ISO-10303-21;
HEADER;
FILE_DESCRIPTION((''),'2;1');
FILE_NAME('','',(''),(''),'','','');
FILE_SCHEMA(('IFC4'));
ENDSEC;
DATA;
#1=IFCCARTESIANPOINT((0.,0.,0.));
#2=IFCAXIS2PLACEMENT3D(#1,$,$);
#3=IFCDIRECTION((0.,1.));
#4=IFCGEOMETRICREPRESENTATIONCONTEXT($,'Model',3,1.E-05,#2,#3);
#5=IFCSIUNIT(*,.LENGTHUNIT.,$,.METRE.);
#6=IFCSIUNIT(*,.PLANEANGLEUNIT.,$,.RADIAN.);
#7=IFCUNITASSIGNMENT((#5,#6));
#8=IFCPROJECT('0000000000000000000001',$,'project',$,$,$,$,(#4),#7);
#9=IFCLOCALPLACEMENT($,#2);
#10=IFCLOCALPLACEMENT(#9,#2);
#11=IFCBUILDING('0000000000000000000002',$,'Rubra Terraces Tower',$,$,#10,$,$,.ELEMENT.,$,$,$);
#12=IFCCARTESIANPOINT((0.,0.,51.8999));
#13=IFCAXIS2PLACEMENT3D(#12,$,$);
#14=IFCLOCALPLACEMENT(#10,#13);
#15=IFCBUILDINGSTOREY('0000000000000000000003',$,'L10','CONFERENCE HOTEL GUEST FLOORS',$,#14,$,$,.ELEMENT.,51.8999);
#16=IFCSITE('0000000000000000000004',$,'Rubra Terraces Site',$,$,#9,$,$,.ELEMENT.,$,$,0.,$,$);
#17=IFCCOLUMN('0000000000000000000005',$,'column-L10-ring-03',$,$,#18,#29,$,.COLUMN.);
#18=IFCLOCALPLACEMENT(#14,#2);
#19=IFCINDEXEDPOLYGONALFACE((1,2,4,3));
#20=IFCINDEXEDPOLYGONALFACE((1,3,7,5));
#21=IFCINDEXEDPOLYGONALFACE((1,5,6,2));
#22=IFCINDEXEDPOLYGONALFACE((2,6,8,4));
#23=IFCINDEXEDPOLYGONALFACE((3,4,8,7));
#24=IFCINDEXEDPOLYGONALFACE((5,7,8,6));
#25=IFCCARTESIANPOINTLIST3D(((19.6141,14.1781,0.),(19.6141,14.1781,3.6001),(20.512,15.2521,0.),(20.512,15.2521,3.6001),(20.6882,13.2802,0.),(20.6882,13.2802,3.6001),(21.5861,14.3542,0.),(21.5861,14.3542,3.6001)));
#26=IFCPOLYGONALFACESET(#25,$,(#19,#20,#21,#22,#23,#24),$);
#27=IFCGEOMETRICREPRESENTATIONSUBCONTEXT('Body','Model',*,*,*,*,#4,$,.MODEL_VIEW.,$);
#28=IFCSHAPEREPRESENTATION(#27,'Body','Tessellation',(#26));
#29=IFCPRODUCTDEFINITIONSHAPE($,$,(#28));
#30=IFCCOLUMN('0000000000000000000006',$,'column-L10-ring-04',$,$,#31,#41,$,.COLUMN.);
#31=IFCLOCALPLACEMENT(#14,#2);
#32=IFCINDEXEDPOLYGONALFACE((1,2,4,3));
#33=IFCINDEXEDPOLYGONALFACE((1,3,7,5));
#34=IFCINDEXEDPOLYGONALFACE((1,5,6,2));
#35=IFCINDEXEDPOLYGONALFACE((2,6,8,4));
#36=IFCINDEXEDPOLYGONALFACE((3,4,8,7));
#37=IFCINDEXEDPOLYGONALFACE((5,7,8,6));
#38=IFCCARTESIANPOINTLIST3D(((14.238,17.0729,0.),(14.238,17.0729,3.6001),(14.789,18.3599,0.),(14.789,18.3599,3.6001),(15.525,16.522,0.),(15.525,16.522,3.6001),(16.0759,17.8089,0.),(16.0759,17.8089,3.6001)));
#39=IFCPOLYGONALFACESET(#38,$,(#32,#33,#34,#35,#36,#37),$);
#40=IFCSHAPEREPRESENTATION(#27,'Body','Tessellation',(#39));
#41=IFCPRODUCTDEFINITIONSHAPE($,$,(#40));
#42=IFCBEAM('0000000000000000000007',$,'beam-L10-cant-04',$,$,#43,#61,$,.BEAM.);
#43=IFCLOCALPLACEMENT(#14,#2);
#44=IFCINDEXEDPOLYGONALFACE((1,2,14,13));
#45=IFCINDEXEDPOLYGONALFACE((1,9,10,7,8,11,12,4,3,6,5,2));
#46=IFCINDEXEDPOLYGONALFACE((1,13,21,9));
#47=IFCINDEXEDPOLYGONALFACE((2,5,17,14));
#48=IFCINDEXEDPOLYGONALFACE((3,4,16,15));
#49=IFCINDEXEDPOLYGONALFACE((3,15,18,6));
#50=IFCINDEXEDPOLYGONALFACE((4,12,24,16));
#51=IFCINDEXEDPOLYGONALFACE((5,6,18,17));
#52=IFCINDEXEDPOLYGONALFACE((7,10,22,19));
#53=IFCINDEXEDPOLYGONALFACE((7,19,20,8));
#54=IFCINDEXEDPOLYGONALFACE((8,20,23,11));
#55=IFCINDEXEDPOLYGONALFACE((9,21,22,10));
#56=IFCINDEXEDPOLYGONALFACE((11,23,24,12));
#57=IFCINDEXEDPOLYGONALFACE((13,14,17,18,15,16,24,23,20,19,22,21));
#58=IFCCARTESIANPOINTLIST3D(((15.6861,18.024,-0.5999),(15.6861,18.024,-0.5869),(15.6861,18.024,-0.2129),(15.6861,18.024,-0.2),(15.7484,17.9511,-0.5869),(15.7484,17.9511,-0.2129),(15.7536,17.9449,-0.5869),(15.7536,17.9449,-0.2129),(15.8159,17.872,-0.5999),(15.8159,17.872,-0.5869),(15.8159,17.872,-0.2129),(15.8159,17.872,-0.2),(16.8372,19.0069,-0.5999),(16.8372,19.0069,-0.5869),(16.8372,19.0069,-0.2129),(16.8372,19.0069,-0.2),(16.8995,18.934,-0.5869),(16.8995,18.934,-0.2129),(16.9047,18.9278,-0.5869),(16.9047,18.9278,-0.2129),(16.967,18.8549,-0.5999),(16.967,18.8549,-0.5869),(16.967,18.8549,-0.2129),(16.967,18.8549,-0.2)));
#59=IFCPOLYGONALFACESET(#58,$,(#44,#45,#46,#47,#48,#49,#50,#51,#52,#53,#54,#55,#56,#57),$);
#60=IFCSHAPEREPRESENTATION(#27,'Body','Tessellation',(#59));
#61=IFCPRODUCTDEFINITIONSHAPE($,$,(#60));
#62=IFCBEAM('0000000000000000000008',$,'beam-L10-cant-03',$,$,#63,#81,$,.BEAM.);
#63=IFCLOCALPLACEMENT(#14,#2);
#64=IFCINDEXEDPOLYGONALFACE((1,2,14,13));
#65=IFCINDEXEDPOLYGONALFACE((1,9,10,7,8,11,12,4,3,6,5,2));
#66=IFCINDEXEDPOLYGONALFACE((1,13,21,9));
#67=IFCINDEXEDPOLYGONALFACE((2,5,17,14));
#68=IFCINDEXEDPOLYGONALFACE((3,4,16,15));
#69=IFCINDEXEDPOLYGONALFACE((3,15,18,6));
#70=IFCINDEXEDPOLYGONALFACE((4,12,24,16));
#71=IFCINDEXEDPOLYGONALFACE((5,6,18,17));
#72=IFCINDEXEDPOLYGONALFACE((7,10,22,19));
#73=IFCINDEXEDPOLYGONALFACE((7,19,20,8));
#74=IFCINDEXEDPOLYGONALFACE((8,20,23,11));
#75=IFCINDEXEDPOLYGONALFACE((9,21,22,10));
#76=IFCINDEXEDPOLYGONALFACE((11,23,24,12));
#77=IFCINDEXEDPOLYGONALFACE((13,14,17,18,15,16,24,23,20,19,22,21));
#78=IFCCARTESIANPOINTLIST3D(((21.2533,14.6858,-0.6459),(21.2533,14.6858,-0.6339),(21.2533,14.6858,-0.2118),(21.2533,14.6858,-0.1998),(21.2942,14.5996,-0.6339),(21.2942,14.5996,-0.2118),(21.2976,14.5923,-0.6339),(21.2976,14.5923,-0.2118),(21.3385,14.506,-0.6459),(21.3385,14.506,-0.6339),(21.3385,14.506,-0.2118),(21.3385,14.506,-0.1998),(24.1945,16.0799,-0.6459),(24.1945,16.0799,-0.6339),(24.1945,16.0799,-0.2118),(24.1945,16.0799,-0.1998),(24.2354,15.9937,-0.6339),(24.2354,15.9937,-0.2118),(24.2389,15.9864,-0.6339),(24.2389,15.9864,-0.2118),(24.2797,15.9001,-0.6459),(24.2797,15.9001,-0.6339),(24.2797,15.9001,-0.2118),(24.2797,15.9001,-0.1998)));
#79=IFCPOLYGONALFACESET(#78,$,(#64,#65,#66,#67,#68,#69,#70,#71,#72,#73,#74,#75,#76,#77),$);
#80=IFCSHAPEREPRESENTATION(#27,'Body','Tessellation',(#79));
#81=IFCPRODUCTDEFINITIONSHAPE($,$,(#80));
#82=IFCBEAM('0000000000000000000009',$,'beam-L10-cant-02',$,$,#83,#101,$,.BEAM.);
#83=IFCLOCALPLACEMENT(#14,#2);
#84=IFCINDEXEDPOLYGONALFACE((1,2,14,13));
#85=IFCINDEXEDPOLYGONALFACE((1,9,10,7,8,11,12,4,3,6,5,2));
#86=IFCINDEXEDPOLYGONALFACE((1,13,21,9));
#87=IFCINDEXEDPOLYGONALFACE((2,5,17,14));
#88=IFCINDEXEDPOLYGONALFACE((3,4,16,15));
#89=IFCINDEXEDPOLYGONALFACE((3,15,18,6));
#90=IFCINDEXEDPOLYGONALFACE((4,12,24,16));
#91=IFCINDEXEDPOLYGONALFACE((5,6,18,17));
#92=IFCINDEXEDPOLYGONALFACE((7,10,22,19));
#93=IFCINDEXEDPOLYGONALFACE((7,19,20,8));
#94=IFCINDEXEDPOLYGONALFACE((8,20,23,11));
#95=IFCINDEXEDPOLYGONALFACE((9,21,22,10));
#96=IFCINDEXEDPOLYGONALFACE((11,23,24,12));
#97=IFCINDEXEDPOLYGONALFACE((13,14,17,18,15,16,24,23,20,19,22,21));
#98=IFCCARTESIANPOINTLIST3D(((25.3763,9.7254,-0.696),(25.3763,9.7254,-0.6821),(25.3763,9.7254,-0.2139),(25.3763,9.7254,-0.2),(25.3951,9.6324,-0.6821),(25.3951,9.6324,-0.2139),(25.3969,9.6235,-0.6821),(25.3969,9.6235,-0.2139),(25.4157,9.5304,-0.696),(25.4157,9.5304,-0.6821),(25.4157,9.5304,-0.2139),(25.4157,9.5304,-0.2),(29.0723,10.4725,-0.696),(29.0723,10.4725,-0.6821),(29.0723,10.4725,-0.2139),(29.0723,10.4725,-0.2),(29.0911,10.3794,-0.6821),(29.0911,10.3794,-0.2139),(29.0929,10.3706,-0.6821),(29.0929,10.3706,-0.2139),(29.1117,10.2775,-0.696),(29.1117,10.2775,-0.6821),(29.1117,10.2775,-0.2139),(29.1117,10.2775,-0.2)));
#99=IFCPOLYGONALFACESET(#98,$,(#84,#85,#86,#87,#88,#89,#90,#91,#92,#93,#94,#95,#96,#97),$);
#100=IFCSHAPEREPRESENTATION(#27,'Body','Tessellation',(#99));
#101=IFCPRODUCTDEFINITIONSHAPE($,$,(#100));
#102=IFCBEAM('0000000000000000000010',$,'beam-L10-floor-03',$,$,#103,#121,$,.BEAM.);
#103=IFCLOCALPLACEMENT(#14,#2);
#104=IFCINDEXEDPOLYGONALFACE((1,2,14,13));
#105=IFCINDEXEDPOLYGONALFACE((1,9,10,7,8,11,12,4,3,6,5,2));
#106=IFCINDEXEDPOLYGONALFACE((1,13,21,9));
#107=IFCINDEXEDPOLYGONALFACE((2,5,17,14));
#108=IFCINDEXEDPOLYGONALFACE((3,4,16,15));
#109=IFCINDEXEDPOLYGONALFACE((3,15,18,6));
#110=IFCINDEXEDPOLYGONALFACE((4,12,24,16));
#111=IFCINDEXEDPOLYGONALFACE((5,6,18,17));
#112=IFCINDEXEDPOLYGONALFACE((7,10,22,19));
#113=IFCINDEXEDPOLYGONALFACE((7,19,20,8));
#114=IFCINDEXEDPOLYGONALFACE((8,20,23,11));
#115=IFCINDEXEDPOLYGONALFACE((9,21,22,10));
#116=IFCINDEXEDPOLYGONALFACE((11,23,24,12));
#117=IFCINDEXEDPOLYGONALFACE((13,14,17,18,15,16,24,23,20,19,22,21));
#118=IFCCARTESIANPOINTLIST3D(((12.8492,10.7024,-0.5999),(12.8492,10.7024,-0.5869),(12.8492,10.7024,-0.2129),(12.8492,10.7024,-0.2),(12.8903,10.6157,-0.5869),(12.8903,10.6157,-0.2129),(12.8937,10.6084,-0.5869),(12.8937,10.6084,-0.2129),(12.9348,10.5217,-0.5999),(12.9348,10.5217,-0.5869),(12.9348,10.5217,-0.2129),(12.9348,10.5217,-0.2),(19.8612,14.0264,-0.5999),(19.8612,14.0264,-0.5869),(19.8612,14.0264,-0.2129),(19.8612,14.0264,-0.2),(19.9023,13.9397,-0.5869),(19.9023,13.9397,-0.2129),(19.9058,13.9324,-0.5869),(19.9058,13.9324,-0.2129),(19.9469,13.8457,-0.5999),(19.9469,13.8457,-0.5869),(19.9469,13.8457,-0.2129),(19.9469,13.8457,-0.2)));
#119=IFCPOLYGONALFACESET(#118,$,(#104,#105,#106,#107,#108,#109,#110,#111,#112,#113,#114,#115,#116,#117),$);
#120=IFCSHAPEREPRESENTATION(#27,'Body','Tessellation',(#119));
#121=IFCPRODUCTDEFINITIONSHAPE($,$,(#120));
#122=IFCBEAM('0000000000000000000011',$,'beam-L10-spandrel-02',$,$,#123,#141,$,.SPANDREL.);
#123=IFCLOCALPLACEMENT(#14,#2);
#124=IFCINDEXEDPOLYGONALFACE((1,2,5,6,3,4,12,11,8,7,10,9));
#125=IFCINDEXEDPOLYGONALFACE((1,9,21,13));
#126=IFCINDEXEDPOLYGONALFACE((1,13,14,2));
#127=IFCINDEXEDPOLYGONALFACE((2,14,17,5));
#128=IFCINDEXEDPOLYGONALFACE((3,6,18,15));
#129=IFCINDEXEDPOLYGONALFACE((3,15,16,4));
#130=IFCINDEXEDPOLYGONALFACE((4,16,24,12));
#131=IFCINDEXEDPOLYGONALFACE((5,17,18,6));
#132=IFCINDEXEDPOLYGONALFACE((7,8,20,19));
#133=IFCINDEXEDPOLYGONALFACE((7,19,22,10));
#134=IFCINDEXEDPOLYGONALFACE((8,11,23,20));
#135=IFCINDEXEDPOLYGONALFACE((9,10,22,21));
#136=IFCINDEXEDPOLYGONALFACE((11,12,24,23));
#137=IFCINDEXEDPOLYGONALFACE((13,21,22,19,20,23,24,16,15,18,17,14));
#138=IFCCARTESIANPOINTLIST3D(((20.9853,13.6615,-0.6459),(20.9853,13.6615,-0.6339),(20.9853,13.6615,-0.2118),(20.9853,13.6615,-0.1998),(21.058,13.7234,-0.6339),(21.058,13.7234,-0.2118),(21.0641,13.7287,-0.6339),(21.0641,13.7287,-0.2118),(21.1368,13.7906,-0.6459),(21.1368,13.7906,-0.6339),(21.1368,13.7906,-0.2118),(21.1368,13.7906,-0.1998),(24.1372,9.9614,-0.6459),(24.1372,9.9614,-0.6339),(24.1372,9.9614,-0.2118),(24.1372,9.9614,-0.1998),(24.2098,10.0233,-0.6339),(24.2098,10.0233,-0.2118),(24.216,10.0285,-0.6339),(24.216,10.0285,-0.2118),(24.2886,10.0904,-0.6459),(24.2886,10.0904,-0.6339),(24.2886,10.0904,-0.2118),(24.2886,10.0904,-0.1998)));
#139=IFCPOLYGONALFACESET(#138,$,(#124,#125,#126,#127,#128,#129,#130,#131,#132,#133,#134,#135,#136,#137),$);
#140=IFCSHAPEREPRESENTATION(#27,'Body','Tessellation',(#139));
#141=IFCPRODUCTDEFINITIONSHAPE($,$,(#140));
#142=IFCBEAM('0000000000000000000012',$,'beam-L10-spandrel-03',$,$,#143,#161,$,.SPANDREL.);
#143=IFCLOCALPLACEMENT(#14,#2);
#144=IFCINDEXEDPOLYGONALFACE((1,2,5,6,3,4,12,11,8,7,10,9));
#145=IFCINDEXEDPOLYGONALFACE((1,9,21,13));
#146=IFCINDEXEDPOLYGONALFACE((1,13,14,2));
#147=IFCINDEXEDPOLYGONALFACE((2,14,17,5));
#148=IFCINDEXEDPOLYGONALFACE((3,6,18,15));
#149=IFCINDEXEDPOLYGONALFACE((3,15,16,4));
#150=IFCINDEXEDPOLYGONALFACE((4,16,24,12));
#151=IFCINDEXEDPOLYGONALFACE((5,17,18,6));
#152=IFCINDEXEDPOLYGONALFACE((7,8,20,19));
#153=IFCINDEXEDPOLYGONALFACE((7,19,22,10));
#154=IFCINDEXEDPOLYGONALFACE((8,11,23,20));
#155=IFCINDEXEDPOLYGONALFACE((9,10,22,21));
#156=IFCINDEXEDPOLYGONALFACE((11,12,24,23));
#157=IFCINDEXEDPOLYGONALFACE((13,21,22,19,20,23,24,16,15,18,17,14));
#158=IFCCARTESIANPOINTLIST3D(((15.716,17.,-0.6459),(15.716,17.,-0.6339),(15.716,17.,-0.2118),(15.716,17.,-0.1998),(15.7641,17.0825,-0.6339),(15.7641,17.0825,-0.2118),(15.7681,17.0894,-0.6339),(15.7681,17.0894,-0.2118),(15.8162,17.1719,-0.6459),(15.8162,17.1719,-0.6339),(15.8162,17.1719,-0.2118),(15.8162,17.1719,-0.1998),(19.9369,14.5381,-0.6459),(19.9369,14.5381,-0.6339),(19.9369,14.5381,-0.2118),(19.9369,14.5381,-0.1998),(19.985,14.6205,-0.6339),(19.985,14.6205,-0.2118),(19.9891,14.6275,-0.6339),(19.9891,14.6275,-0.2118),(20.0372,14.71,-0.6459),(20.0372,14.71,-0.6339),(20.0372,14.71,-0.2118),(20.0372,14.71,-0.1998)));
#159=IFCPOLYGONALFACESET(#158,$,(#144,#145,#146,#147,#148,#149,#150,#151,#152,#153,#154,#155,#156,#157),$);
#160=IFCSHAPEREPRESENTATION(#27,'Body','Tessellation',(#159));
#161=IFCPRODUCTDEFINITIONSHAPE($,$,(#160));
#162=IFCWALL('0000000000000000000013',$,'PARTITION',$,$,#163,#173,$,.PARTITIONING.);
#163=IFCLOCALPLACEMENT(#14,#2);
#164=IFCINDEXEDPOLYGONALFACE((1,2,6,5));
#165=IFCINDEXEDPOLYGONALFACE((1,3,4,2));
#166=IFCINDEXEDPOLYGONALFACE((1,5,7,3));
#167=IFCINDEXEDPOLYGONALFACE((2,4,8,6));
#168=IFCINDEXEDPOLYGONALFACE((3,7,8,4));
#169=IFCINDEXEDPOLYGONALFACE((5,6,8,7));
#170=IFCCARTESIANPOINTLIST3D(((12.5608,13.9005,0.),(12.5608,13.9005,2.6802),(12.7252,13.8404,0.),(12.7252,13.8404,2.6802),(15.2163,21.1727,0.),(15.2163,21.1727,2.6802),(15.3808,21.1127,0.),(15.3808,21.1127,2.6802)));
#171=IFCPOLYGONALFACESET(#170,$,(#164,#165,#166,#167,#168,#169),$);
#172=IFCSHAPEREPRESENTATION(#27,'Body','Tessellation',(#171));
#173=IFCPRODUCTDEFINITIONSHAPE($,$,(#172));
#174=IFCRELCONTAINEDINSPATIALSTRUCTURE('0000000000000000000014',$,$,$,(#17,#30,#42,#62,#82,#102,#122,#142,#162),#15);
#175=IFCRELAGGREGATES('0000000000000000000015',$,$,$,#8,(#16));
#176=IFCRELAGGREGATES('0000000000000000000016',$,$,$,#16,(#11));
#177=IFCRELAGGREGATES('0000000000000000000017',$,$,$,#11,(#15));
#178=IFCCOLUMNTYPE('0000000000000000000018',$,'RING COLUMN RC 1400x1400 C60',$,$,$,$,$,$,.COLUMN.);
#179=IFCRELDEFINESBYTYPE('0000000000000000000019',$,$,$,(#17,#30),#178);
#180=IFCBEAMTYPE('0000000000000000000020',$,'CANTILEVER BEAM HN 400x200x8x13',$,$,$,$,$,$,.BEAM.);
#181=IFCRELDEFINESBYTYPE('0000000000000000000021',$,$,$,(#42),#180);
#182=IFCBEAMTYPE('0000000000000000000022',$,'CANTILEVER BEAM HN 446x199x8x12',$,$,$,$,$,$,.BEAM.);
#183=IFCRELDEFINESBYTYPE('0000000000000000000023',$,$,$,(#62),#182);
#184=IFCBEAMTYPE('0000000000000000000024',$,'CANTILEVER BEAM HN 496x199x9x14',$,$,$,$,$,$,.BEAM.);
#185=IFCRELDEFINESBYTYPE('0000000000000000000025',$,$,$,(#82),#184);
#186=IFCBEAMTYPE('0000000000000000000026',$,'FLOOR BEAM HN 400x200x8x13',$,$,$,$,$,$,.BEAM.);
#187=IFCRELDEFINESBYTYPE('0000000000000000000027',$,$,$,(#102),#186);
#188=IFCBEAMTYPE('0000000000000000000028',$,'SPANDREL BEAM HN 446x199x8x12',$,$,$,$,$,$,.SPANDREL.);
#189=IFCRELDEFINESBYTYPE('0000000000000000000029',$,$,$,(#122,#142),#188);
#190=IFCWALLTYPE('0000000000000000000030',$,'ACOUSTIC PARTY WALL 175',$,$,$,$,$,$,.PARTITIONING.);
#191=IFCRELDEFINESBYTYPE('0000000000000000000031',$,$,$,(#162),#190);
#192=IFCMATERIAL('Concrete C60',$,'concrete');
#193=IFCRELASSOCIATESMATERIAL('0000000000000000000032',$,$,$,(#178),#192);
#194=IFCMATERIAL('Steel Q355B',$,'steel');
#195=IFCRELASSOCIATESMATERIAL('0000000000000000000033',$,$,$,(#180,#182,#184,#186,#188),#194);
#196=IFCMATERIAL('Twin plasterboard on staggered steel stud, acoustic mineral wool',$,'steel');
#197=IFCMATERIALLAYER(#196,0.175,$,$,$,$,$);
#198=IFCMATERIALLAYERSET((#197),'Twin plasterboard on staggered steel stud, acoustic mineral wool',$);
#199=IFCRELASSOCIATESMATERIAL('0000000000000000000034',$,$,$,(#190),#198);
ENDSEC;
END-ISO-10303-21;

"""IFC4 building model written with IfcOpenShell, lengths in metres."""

from ifc_helpers import new_model, si_unit, direction, frame, frame_2d, origin, origin_2d, place, context, subcontext, project, spatial, rectangle, i_section, extrude, material, layer, layer_set, material_profile, profile_set, type_object, element, save


model = new_model("IFC4")

# Units and contexts
model_context = context("Model", 3, precision=1e-05, world=origin(), true_north=direction((0.0, 1.0)))
body_context = subcontext(model_context, "Body", "Model", "MODEL_VIEW")
ifc_project = project(units=[si_unit("LENGTHUNIT", "METRE"), si_unit("PLANEANGLEUNIT", "RADIAN")], contexts=[model_context])

# Site, building, storey
site_placement = place(None, origin())
site = spatial("IfcSite", under=ifc_project, at=site_placement, Name="Rubra Terraces Site", CompositionType="ELEMENT", RefElevation=0.0)
building_placement = place(site_placement, origin())
building = spatial("IfcBuilding", under=site, at=building_placement, Name="Rubra Terraces Tower", CompositionType="ELEMENT")
storey_placement = place(building_placement, frame((0.0, 0.0, 51.8999)))
storey = spatial("IfcBuildingStorey", under=building, at=storey_placement, Name="L10", Description="CONFERENCE HOTEL GUEST FLOORS", CompositionType="ELEMENT", Elevation=51.8999)

# Columns
ifc_material_1 = material(Name="Concrete C60", Category="concrete")
ifc_material_profile_1 = material_profile(ifc_material_1, rectangle(XDim=1.3999, YDim=1.3999, at=origin_2d()), Name="RC 1400x1400")
ifc_profile_set_1 = profile_set([ifc_material_profile_1], Name="Concrete C60")
column_type = type_object("IfcColumnType", Name="RING COLUMN RC 1400x1400 C60", PredefinedType="COLUMN", material=ifc_profile_set_1)
for number, where, z_axis, x_axis, name in (
    (1, (20.6001, 14.2661, 0.0), (0.0, 0.0, 1.0), (-0.76721, 0.641397, 0.0), "column-L10-ring-03"),
    (2, (15.157, 17.4409, 0.0), (0.0, 0.0, 1.0), (-0.919294, 0.393572, 0.0), "column-L10-ring-04"),
):
    element("IfcColumn", number, at=place(storey_placement, frame(where, z_axis=z_axis, x_axis=x_axis)), inside=storey, type_object=column_type, Name=name, PredefinedType="COLUMN", context=body_context, shape_type="SweptSolid", body=[
        extrude(rectangle(XDim=1.3999, YDim=1.3999, at=origin_2d()), origin(), (0.0, 0.0, 1.0), 3.6001),
    ])

# Beams
ifc_material_2 = material(Name="Steel Q355B", Category="steel")
ifc_material_profile_2 = material_profile(ifc_material_2, i_section(OverallWidth=0.2, OverallDepth=0.3999, WebThickness=0.0081, FlangeThickness=0.0129, at=origin_2d()), Name="HN 400x200x8x13")
ifc_profile_set_2 = profile_set([ifc_material_profile_2], Name="Steel Q355B")
beam_type_1 = type_object("IfcBeamType", Name="CANTILEVER BEAM HN 400x200x8x13", PredefinedType="BEAM", material=ifc_profile_set_2)
beam_1_placement = place(storey_placement, frame((15.751, 17.948, -0.3999), z_axis=(0.760485, 0.649356, 0.0), x_axis=(-0.649356, 0.760485, 0.0)))
element("IfcBeam", 3, at=beam_1_placement, inside=storey, type_object=beam_type_1, Name="beam-L10-cant-04", PredefinedType="BEAM", context=body_context, shape_type="SweptSolid", body=[
    extrude(i_section(OverallWidth=0.2, OverallDepth=0.3999, WebThickness=0.0081, FlangeThickness=0.0129, at=origin_2d()), origin(), (0.0, 0.0, 1.0), 1.5137),
])
ifc_material_profile_3 = material_profile(ifc_material_2, i_section(OverallWidth=0.199, OverallDepth=0.446, WebThickness=0.0081, FlangeThickness=0.012, at=origin_2d()), Name="HN 446x199x8x12")
ifc_profile_set_3 = profile_set([ifc_material_profile_3], Name="Steel Q355B")
beam_type_2 = type_object("IfcBeamType", Name="CANTILEVER BEAM HN 446x199x8x12", PredefinedType="BEAM", material=ifc_profile_set_3)
beam_2_placement = place(storey_placement, frame((21.2959, 14.5959, -0.4229), z_axis=(0.903635, 0.428302, 0.0), x_axis=(-0.428302, 0.903635, 0.0)))
element("IfcBeam", 4, at=beam_2_placement, inside=storey, type_object=beam_type_2, Name="beam-L10-cant-03", PredefinedType="BEAM", context=body_context, shape_type="SweptSolid", body=[
    extrude(i_section(OverallWidth=0.199, OverallDepth=0.446, WebThickness=0.0081, FlangeThickness=0.012, at=origin_2d()), origin(), (0.0, 0.0, 1.0), 3.2549),
])
ifc_material_profile_4 = material_profile(ifc_material_2, i_section(OverallWidth=0.199, OverallDepth=0.4961, WebThickness=0.009, FlangeThickness=0.0139, at=origin_2d()), Name="HN 496x199x9x14")
ifc_profile_set_4 = profile_set([ifc_material_profile_4], Name="Steel Q355B")
beam_type_3 = type_object("IfcBeamType", Name="CANTILEVER BEAM HN 496x199x9x14", PredefinedType="BEAM", material=ifc_profile_set_4)
beam_3_placement = place(storey_placement, frame((25.396, 9.6279, -0.448), z_axis=(0.980178, 0.19812, 0.0), x_axis=(-0.19812, 0.980178, 0.0)))
element("IfcBeam", 5, at=beam_3_placement, inside=storey, type_object=beam_type_3, Name="beam-L10-cant-02", PredefinedType="BEAM", context=body_context, shape_type="SweptSolid", body=[
    extrude(i_section(OverallWidth=0.199, OverallDepth=0.4961, WebThickness=0.009, FlangeThickness=0.0139, at=origin_2d()), origin(), (0.0, 0.0, 1.0), 3.7708),
])
ifc_material_profile_5 = material_profile(ifc_material_2, i_section(OverallWidth=0.2, OverallDepth=0.3999, WebThickness=0.0081, FlangeThickness=0.0129, at=origin_2d()), Name="HN 400x200x8x13")
ifc_profile_set_5 = profile_set([ifc_material_profile_5], Name="Steel Q355B")
beam_type_4 = type_object("IfcBeamType", Name="FLOOR BEAM HN 400x200x8x13", PredefinedType="BEAM", material=ifc_profile_set_5)
beam_4_placement = place(storey_placement, frame((19.9041, 13.936, -0.3999), z_axis=(-0.903612, -0.428351, 0.0), x_axis=(0.428351, -0.903612, 0.0)))
element("IfcBeam", 6, at=beam_4_placement, inside=storey, type_object=beam_type_4, Name="beam-L10-floor-03", PredefinedType="BEAM", context=body_context, shape_type="SweptSolid", body=[
    extrude(i_section(OverallWidth=0.2, OverallDepth=0.3999, WebThickness=0.0081, FlangeThickness=0.0129, at=origin_2d()), origin(), (0.0, 0.0, 1.0), 7.76),
])
ifc_material_profile_6 = material_profile(ifc_material_2, i_section(OverallWidth=0.199, OverallDepth=0.446, WebThickness=0.0081, FlangeThickness=0.012, at=origin_2d()), Name="HN 446x199x8x12")
ifc_profile_set_6 = profile_set([ifc_material_profile_6], Name="Steel Q355B")
beam_type_5 = type_object("IfcBeamType", Name="SPANDREL BEAM HN 446x199x8x12", PredefinedType="SPANDREL", material=ifc_profile_set_6)
beam_5_placement = place(storey_placement, frame((24.2129, 10.0259, -0.4229), z_axis=(-0.648447, 0.76126, 0.0), x_axis=(-0.76126, -0.648447, 0.0)))
element("IfcBeam", 7, at=beam_5_placement, inside=storey, type_object=beam_type_5, Name="beam-L10-spandrel-02", PredefinedType="SPANDREL", context=body_context, shape_type="SweptSolid", body=[
    extrude(i_section(OverallWidth=0.199, OverallDepth=0.446, WebThickness=0.0081, FlangeThickness=0.012, at=origin_2d()), origin(), (0.0, 0.0, 1.0), 4.8606),
])
beam_6_placement = place(storey_placement, frame((19.9871, 14.624, -0.4229), z_axis=(-0.863806, 0.503824, 0.0), x_axis=(-0.503824, -0.863806, 0.0)))
element("IfcBeam", 8, at=beam_6_placement, inside=storey, type_object=beam_type_5, Name="beam-L10-spandrel-03", PredefinedType="SPANDREL", context=body_context, shape_type="SweptSolid", body=[
    extrude(i_section(OverallWidth=0.199, OverallDepth=0.446, WebThickness=0.0081, FlangeThickness=0.012, at=origin_2d()), origin(), (0.0, 0.0, 1.0), 4.8865),
])

# Wall
ifc_material_3 = material(Name="Twin plasterboard on staggered steel stud, acoustic mineral wool", Category="steel")
ifc_layer_1 = layer(ifc_material_3, 0.175)
ifc_layer_set_1 = layer_set([ifc_layer_1], Name="Twin plasterboard on staggered steel stud, acoustic mineral wool")
wall_type_1 = type_object("IfcWallType", Name="ACOUSTIC PARTY WALL 175", PredefinedType="PARTITIONING", material=ifc_layer_set_1)
wall_1_placement = place(storey_placement, frame((15.2986, 21.1428, 0.0), z_axis=(0.0, 0.0, 1.0), x_axis=(-0.343006, -0.939333, 0.0)))
element("IfcWall", 9, at=wall_1_placement, inside=storey, type_object=wall_type_1, Name="PARTITION", PredefinedType="PARTITIONING", context=body_context, shape_type="SweptSolid", body=[
    extrude(rectangle(XDim=7.7419, YDim=0.175, at=frame_2d((3.8711, 0.0))), origin(), (0.0, 0.0, 1.0), 2.6802),
])

save(model, "model.ifc")
